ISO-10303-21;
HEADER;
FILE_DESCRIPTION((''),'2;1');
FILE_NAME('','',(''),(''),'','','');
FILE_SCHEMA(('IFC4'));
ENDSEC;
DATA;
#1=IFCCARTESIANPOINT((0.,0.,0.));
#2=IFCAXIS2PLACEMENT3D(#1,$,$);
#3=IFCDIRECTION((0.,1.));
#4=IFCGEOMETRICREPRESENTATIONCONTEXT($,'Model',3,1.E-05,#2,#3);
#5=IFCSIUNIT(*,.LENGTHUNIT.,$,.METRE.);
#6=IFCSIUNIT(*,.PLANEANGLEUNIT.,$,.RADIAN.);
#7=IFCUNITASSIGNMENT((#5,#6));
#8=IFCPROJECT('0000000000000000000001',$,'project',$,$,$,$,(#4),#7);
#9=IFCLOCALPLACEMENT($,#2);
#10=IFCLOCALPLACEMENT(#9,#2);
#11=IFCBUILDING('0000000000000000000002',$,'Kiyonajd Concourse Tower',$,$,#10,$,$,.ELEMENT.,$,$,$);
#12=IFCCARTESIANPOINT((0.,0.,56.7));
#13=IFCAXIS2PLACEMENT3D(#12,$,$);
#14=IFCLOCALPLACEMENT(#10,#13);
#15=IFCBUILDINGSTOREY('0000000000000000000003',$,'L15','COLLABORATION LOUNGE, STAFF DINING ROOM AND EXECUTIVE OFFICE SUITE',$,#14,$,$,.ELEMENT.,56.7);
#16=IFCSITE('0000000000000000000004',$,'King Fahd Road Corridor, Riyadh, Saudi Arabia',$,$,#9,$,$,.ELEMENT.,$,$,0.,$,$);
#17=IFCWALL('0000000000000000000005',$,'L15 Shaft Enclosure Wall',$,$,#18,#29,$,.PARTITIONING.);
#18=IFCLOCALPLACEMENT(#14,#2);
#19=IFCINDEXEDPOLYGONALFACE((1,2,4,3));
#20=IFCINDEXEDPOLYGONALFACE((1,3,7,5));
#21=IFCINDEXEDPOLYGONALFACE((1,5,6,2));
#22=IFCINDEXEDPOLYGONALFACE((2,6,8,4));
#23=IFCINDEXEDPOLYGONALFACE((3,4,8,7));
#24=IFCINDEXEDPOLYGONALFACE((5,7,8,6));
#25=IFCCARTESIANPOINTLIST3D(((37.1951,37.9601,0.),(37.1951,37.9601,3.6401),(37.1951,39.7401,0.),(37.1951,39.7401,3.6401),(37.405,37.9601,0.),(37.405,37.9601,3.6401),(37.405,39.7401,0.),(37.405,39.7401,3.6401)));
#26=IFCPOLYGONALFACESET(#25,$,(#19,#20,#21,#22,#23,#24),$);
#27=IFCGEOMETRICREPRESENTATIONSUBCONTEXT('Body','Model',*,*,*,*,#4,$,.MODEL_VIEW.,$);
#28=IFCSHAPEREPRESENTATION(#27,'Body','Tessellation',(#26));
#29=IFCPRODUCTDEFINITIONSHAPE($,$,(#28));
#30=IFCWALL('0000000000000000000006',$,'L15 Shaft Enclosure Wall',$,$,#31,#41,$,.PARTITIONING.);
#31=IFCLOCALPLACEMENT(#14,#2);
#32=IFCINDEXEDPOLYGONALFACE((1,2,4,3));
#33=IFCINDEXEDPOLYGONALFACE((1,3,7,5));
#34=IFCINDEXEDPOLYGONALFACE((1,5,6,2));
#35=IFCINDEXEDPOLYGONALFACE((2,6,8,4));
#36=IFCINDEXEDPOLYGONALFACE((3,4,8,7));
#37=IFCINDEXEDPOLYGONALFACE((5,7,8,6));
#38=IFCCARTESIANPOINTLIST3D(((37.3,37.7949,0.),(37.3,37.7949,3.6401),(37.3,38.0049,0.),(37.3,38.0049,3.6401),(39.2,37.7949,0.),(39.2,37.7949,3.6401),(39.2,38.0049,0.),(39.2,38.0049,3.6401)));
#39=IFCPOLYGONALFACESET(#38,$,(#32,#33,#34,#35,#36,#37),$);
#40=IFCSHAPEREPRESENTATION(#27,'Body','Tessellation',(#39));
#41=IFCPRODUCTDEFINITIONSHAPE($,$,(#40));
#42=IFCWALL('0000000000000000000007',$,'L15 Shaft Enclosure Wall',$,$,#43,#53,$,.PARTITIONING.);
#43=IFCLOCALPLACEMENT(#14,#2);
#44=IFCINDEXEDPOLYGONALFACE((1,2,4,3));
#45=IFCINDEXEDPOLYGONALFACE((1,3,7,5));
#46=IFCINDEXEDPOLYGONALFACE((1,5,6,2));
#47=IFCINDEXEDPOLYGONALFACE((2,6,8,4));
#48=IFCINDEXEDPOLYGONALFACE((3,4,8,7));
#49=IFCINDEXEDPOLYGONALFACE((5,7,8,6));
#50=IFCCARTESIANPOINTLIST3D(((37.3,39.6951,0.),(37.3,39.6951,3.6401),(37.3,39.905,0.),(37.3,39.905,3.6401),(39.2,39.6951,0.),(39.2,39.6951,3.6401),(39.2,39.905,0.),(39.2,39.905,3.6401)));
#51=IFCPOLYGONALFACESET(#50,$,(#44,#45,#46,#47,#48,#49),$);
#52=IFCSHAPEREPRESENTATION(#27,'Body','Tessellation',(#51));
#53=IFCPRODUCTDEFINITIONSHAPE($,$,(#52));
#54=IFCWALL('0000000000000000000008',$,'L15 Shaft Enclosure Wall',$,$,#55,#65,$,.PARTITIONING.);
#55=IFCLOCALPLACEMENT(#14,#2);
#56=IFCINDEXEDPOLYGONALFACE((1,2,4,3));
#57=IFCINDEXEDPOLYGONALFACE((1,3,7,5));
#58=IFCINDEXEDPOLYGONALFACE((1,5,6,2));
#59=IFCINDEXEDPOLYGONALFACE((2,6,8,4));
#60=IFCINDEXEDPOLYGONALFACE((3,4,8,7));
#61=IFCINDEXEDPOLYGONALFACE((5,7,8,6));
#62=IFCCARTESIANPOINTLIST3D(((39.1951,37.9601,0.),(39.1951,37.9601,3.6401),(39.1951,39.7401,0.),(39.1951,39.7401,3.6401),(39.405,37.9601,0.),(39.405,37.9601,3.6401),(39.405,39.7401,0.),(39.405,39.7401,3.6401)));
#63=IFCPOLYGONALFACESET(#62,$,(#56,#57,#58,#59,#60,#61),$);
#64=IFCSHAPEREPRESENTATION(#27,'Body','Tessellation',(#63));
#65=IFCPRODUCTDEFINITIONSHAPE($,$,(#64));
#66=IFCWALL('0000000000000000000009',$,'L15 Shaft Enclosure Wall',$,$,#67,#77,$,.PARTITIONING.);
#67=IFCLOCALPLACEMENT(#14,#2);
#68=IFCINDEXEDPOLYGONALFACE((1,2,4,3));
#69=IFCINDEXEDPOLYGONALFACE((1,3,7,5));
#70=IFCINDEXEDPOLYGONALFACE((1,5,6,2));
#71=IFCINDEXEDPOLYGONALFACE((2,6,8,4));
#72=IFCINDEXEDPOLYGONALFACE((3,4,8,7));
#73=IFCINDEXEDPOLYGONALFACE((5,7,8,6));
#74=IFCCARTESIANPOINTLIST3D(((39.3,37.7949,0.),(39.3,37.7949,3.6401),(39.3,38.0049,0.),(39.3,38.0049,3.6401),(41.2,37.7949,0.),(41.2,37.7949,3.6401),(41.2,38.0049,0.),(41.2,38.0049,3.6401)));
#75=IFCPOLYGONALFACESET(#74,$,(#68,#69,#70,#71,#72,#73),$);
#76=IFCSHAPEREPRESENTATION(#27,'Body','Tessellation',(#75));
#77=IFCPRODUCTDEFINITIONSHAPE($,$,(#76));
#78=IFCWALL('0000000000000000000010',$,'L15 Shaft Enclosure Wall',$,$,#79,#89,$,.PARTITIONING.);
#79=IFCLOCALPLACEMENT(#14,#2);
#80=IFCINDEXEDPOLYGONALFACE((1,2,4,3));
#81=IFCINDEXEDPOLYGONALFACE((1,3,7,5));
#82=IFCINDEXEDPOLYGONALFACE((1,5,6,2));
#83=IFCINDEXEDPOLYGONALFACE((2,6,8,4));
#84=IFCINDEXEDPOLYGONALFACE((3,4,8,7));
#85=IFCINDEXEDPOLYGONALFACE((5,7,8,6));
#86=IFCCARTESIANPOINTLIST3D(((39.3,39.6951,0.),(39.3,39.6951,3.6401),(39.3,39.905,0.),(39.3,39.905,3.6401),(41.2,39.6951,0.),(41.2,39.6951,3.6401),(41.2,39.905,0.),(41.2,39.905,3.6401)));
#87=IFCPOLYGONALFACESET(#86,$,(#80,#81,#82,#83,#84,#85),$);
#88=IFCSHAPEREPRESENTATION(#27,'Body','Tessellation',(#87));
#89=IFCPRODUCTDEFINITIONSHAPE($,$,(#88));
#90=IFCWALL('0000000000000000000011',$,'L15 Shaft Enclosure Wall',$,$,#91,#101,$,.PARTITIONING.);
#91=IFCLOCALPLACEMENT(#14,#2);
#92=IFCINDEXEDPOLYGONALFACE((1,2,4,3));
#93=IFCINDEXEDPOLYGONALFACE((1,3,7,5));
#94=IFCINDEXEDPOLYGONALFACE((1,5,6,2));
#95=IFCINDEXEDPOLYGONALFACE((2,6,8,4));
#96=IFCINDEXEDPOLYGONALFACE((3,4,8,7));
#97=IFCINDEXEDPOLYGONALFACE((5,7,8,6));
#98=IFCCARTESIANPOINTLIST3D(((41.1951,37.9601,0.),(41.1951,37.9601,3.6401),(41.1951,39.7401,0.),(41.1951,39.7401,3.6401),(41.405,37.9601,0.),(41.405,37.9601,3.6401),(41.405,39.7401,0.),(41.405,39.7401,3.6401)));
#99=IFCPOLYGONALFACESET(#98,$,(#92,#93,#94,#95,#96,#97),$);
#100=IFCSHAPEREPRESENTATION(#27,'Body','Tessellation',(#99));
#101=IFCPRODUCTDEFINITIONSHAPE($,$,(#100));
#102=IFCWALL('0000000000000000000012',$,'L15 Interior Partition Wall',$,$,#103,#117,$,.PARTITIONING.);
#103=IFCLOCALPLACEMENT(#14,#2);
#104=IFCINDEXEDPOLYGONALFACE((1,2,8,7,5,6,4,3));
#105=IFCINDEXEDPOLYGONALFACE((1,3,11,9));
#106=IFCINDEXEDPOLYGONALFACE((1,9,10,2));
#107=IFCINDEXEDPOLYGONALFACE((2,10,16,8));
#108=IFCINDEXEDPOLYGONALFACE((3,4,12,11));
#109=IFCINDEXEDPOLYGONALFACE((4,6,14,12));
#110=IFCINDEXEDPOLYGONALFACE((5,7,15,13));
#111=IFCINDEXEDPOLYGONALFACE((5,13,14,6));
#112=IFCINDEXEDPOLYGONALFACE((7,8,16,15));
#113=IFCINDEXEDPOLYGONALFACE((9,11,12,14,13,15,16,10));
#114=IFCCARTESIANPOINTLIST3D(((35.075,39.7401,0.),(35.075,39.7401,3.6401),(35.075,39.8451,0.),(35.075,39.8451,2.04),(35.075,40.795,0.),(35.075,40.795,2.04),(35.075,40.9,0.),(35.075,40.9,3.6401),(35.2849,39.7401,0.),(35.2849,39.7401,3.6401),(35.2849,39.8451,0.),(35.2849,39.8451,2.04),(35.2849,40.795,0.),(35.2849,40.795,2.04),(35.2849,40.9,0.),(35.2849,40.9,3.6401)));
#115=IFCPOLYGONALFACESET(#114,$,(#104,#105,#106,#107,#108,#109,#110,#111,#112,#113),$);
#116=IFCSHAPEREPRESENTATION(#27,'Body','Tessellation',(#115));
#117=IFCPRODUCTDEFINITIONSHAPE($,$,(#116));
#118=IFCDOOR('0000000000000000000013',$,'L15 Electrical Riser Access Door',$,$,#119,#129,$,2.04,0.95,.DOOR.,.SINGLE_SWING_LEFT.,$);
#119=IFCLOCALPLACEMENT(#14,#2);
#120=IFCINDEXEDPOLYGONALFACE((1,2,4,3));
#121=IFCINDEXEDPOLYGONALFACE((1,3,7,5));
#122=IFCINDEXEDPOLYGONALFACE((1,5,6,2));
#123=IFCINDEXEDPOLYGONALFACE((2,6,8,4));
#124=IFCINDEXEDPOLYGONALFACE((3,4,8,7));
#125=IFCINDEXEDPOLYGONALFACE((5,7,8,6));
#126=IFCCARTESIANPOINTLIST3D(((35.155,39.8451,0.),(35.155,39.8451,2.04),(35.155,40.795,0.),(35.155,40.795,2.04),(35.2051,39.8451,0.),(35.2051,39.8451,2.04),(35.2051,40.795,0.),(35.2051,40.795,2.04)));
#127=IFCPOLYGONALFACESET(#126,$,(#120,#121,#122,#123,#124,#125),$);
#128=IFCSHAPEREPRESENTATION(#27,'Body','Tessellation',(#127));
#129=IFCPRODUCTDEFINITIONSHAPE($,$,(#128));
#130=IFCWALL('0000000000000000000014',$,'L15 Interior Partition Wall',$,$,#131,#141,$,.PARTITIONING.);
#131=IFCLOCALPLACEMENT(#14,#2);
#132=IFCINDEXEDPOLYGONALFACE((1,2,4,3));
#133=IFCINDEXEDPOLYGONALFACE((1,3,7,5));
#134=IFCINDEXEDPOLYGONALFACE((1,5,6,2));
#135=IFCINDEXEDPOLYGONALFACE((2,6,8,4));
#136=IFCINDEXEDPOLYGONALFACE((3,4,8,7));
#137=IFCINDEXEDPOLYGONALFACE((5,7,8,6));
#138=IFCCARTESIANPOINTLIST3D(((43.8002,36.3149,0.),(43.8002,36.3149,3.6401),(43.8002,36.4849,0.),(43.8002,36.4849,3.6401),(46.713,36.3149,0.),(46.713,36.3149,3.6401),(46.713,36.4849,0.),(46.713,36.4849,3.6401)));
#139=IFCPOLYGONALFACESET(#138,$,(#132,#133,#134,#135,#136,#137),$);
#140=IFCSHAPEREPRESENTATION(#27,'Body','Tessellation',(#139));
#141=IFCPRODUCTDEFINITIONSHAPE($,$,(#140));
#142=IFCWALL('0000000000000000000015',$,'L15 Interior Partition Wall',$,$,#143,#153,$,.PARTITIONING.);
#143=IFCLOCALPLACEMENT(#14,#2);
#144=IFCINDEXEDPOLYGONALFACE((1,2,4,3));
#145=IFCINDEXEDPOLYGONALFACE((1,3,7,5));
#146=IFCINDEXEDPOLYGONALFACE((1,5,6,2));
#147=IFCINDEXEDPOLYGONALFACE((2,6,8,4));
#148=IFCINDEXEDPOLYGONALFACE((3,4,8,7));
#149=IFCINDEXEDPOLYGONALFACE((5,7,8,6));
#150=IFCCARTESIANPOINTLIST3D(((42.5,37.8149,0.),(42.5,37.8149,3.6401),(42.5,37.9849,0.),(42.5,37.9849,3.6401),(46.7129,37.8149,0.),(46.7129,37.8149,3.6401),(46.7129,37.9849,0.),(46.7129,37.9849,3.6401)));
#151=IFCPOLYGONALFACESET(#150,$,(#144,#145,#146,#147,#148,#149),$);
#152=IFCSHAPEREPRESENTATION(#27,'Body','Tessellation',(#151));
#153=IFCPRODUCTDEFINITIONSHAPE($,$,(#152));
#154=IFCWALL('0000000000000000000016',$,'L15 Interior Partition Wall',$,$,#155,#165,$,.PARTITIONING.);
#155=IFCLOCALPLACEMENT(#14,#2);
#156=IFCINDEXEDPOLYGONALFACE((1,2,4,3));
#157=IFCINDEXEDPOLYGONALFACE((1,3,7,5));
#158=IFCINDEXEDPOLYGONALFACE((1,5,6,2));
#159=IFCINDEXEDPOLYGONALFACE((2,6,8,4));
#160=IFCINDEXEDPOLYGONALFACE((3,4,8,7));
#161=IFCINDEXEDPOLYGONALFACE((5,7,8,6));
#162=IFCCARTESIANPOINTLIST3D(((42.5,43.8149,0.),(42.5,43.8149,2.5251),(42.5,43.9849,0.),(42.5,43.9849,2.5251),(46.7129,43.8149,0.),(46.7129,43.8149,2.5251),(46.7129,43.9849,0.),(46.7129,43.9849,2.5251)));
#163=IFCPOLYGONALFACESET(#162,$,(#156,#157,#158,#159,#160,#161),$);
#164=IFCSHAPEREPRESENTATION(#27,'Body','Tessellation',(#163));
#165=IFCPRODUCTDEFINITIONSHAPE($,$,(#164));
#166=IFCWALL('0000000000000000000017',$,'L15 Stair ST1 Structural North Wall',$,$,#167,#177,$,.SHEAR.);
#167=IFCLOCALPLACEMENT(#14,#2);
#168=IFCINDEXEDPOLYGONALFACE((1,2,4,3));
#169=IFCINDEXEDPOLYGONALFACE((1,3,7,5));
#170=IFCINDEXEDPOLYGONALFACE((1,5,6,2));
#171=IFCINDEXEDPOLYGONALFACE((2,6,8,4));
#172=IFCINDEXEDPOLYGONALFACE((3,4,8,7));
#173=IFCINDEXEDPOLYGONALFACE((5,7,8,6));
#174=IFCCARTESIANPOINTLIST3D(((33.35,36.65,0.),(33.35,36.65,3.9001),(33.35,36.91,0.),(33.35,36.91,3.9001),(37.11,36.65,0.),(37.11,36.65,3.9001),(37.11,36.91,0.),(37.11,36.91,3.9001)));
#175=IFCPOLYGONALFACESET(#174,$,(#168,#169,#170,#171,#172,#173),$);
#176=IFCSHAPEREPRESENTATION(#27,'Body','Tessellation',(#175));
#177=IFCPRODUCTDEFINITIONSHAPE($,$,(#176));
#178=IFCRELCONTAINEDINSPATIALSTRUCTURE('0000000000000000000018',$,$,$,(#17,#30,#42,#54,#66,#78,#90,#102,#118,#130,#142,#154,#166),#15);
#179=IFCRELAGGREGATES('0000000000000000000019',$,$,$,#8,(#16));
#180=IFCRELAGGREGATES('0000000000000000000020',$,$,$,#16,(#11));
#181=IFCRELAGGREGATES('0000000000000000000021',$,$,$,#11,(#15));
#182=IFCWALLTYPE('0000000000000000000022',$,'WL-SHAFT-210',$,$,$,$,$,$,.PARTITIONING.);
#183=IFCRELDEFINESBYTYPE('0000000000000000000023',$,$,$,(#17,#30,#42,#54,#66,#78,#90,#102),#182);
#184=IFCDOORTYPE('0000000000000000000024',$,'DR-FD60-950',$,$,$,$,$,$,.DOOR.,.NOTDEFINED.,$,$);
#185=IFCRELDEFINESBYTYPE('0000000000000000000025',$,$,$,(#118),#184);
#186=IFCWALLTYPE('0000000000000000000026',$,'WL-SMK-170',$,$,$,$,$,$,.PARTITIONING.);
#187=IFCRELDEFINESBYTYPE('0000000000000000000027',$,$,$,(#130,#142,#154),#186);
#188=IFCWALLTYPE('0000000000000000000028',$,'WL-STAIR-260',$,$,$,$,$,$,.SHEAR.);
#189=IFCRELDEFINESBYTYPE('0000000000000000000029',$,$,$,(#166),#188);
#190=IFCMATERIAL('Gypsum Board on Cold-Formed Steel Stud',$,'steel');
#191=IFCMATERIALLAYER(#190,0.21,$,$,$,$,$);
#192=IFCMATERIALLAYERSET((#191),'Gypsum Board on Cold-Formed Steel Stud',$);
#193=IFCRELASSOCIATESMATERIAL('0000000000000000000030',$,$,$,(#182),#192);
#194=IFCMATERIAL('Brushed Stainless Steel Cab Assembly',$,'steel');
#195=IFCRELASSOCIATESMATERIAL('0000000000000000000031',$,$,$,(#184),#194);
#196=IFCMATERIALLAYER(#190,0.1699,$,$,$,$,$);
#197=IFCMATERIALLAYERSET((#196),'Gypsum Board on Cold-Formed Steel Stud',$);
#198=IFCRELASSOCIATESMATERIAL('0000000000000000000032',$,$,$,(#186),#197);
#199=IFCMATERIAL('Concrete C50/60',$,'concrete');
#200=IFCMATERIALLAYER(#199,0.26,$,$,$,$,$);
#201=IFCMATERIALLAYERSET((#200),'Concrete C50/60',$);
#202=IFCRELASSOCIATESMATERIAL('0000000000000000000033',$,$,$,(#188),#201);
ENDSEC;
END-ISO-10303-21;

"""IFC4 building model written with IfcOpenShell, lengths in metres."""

from ifc_helpers import new_model, si_unit, direction, frame, frame_2d, origin, place, context, subcontext, project, spatial, rectangle, extrude, material, layer, layer_set, type_object, element, fill, save


model = new_model("IFC4")

# Units and contexts
model_context = context("Model", 3, precision=1e-05, world=origin(), true_north=direction((0.0, 1.0)))
body_context = subcontext(model_context, "Body", "Model", "MODEL_VIEW")
ifc_project = project(units=[si_unit("LENGTHUNIT", "METRE"), si_unit("PLANEANGLEUNIT", "RADIAN")], contexts=[model_context])

# Site, building, storey
site_placement = place(None, origin())
site = spatial("IfcSite", under=ifc_project, at=site_placement, Name="King Fahd Road Corridor, Riyadh, Saudi Arabia", CompositionType="ELEMENT", RefElevation=0.0)
building_placement = place(site_placement, origin())
building = spatial("IfcBuilding", under=site, at=building_placement, Name="Kiyonajd Concourse Tower", CompositionType="ELEMENT")
storey_placement = place(building_placement, frame((0.0, 0.0, 56.7)))
storey = spatial("IfcBuildingStorey", under=building, at=storey_placement, Name="L15", Description="COLLABORATION LOUNGE, STAFF DINING ROOM AND EXECUTIVE OFFICE SUITE", CompositionType="ELEMENT", Elevation=56.7)

# Walls
ifc_material_1 = material(Name="Gypsum Board on Cold-Formed Steel Stud", Category="steel")
ifc_layer_1 = layer(ifc_material_1, 0.21)
ifc_layer_set_1 = layer_set([ifc_layer_1], Name="Gypsum Board on Cold-Formed Steel Stud")
wall_type_1 = type_object("IfcWallType", Name="WL-SHAFT-210", PredefinedType="PARTITIONING", material=ifc_layer_set_1)
for number, where, z_axis, x_axis, name in (
    (1, (37.3, 37.96, 0.0), (0.0, 0.0, 1.0), (0.0, 1.0, 0.0), "L15 Shaft Enclosure Wall"),
):
    element("IfcWall", number, at=place(storey_placement, frame(where, z_axis=z_axis, x_axis=x_axis)), inside=storey, type_object=wall_type_1, Name=name, PredefinedType="PARTITIONING", context=body_context, shape_type="SweptSolid", body=[
        extrude(rectangle(XDim=1.78, YDim=0.21, at=frame_2d((0.8901, 0.0))), origin(), (0.0, 0.0, 1.0), 3.6401),
    ])
for number, where, z_axis, x_axis, name in (
    (2, (37.3, 37.8999, 0.0), (0.0, 0.0, 1.0), (1.0, 0.0, 0.0), "L15 Shaft Enclosure Wall"),
    (3, (37.3, 39.8, 0.0), (0.0, 0.0, 1.0), (1.0, 0.0, 0.0), "L15 Shaft Enclosure Wall"),
):
    element("IfcWall", number, at=place(storey_placement, frame(where, z_axis=z_axis, x_axis=x_axis)), inside=storey, type_object=wall_type_1, Name=name, PredefinedType="PARTITIONING", context=body_context, shape_type="SweptSolid", body=[
        extrude(rectangle(XDim=1.8999, YDim=0.21, at=frame_2d((0.95, 0.0))), origin(), (0.0, 0.0, 1.0), 3.6401),
    ])
wall_1_placement = place(storey_placement, frame((39.3, 37.96, 0.0), z_axis=(0.0, 0.0, 1.0), x_axis=(0.0, 1.0, 0.0)))
element("IfcWall", 4, at=wall_1_placement, inside=storey, type_object=wall_type_1, Name="L15 Shaft Enclosure Wall", PredefinedType="PARTITIONING", context=body_context, shape_type="SweptSolid", body=[
    extrude(rectangle(XDim=1.78, YDim=0.21, at=frame_2d((0.8901, 0.0))), origin(), (0.0, 0.0, 1.0), 3.6401),
])
for number, where, z_axis, x_axis, name in (
    (5, (39.3, 37.8999, 0.0), (0.0, 0.0, 1.0), (1.0, 0.0, 0.0), "L15 Shaft Enclosure Wall"),
    (6, (39.3, 39.8, 0.0), (0.0, 0.0, 1.0), (1.0, 0.0, 0.0), "L15 Shaft Enclosure Wall"),
):
    element("IfcWall", number, at=place(storey_placement, frame(where, z_axis=z_axis, x_axis=x_axis)), inside=storey, type_object=wall_type_1, Name=name, PredefinedType="PARTITIONING", context=body_context, shape_type="SweptSolid", body=[
        extrude(rectangle(XDim=1.8999, YDim=0.21, at=frame_2d((0.95, 0.0))), origin(), (0.0, 0.0, 1.0), 3.6401),
    ])
wall_2_placement = place(storey_placement, frame((41.3, 37.96, 0.0), z_axis=(0.0, 0.0, 1.0), x_axis=(0.0, 1.0, 0.0)))
element("IfcWall", 7, at=wall_2_placement, inside=storey, type_object=wall_type_1, Name="L15 Shaft Enclosure Wall", PredefinedType="PARTITIONING", context=body_context, shape_type="SweptSolid", body=[
    extrude(rectangle(XDim=1.78, YDim=0.21, at=frame_2d((0.8901, 0.0))), origin(), (0.0, 0.0, 1.0), 3.6401),
])

# Wall, opening, door
wall_3_placement = place(storey_placement, frame((35.1799, 39.74, 0.0), z_axis=(0.0, 0.0, 1.0), x_axis=(0.0, 1.0, 0.0)))
wall_3 = element("IfcWall", 8, at=wall_3_placement, inside=storey, type_object=wall_type_1, Name="L15 Interior Partition Wall", PredefinedType="PARTITIONING", context=body_context, shape_type="SweptSolid", body=[
    extrude(rectangle(XDim=1.1599, YDim=0.21, at=frame_2d((0.5801, 0.0))), origin(), (0.0, 0.0, 1.0), 3.6401),
])
opening_placement = place(wall_3_placement, frame((0.105, 0.0, 0.0)))
opening = element("IfcOpeningElement", 9, at=opening_placement, cuts=wall_3, PredefinedType="OPENING", context=body_context, shape_type="SweptSolid", body=[
    extrude(rectangle(XDim=0.95, YDim=2.04, at=frame_2d((0.4751, 1.02))), frame((0.0, 0.115, 0.0), z_axis=(0.0, -1.0, 0.0), x_axis=(1.0, 0.0, 0.0)), (0.0, 0.0, 1.0), 0.23),
])
ifc_material_2 = material(Name="Brushed Stainless Steel Cab Assembly", Category="steel")
door_type = type_object("IfcDoorType", Name="DR-FD60-950", OperationType="NOTDEFINED", PredefinedType="DOOR", material=ifc_material_2)
door_placement = place(opening_placement, origin())
door = element("IfcDoor", 10, at=door_placement, inside=storey, type_object=door_type, Name="L15 Electrical Riser Access Door", OperationType="SINGLE_SWING_LEFT", OverallHeight=2.04, OverallWidth=0.95, PredefinedType="DOOR", context=body_context, shape_type="SweptSolid", body=[
    extrude(rectangle(XDim=0.95, YDim=2.04, at=frame_2d((0.4751, 1.02))), frame((0.0, 0.0249, 0.0), z_axis=(0.0, -1.0, 0.0), x_axis=(1.0, 0.0, 0.0)), (0.0, 0.0, 1.0), 0.05),
])
fill(opening, door)

# Walls
ifc_layer_2 = layer(ifc_material_1, 0.1699)
ifc_layer_set_2 = layer_set([ifc_layer_2], Name="Gypsum Board on Cold-Formed Steel Stud")
wall_type_2 = type_object("IfcWallType", Name="WL-SMK-170", PredefinedType="PARTITIONING", material=ifc_layer_set_2)
wall_4_placement = place(storey_placement, frame((43.8, 36.3999, 0.0), z_axis=(0.0, 0.0, 1.0), x_axis=(1.0, 0.0, 0.0)))
element("IfcWall", 11, at=wall_4_placement, inside=storey, type_object=wall_type_2, Name="L15 Interior Partition Wall", PredefinedType="PARTITIONING", context=body_context, shape_type="SweptSolid", body=[
    extrude(rectangle(XDim=2.9128, YDim=0.1699, at=frame_2d((1.4565, 0.0))), origin(), (0.0, 0.0, 1.0), 3.6401),
])
wall_5_placement = place(storey_placement, frame((42.5, 37.8999, 0.0), z_axis=(0.0, 0.0, 1.0), x_axis=(1.0, 0.0, 0.0)))
element("IfcWall", 12, at=wall_5_placement, inside=storey, type_object=wall_type_2, Name="L15 Interior Partition Wall", PredefinedType="PARTITIONING", context=body_context, shape_type="SweptSolid", body=[
    extrude(rectangle(XDim=4.2129, YDim=0.1699, at=frame_2d((2.1064, 0.0))), origin(), (0.0, 0.0, 1.0), 3.6401),
])
wall_6_placement = place(storey_placement, frame((42.5, 43.8999, 0.0), z_axis=(0.0, 0.0, 1.0), x_axis=(1.0, 0.0, 0.0)))
element("IfcWall", 13, at=wall_6_placement, inside=storey, type_object=wall_type_2, Name="L15 Interior Partition Wall", PredefinedType="PARTITIONING", context=body_context, shape_type="SweptSolid", body=[
    extrude(rectangle(XDim=4.2129, YDim=0.1699, at=frame_2d((2.1064, 0.0))), origin(), (0.0, 0.0, 1.0), 2.5251),
])
ifc_material_3 = material(Name="Concrete C50/60", Category="concrete")
ifc_layer_3 = layer(ifc_material_3, 0.26)
ifc_layer_set_3 = layer_set([ifc_layer_3], Name="Concrete C50/60")
wall_type_3 = type_object("IfcWallType", Name="WL-STAIR-260", PredefinedType="SHEAR", material=ifc_layer_set_3)
wall_7_placement = place(storey_placement, frame((33.3501, 36.78, 0.0), z_axis=(0.0, 0.0, 1.0), x_axis=(1.0, 0.0, 0.0)))
element("IfcWall", 14, at=wall_7_placement, inside=storey, type_object=wall_type_3, Name="L15 Stair ST1 Structural North Wall", PredefinedType="SHEAR", context=body_context, shape_type="SweptSolid", body=[
    extrude(rectangle(XDim=3.76, YDim=0.26, at=frame_2d((1.8799, 0.0))), origin(), (0.0, 0.0, 1.0), 3.9001),
])

save(model, "model.ifc")
